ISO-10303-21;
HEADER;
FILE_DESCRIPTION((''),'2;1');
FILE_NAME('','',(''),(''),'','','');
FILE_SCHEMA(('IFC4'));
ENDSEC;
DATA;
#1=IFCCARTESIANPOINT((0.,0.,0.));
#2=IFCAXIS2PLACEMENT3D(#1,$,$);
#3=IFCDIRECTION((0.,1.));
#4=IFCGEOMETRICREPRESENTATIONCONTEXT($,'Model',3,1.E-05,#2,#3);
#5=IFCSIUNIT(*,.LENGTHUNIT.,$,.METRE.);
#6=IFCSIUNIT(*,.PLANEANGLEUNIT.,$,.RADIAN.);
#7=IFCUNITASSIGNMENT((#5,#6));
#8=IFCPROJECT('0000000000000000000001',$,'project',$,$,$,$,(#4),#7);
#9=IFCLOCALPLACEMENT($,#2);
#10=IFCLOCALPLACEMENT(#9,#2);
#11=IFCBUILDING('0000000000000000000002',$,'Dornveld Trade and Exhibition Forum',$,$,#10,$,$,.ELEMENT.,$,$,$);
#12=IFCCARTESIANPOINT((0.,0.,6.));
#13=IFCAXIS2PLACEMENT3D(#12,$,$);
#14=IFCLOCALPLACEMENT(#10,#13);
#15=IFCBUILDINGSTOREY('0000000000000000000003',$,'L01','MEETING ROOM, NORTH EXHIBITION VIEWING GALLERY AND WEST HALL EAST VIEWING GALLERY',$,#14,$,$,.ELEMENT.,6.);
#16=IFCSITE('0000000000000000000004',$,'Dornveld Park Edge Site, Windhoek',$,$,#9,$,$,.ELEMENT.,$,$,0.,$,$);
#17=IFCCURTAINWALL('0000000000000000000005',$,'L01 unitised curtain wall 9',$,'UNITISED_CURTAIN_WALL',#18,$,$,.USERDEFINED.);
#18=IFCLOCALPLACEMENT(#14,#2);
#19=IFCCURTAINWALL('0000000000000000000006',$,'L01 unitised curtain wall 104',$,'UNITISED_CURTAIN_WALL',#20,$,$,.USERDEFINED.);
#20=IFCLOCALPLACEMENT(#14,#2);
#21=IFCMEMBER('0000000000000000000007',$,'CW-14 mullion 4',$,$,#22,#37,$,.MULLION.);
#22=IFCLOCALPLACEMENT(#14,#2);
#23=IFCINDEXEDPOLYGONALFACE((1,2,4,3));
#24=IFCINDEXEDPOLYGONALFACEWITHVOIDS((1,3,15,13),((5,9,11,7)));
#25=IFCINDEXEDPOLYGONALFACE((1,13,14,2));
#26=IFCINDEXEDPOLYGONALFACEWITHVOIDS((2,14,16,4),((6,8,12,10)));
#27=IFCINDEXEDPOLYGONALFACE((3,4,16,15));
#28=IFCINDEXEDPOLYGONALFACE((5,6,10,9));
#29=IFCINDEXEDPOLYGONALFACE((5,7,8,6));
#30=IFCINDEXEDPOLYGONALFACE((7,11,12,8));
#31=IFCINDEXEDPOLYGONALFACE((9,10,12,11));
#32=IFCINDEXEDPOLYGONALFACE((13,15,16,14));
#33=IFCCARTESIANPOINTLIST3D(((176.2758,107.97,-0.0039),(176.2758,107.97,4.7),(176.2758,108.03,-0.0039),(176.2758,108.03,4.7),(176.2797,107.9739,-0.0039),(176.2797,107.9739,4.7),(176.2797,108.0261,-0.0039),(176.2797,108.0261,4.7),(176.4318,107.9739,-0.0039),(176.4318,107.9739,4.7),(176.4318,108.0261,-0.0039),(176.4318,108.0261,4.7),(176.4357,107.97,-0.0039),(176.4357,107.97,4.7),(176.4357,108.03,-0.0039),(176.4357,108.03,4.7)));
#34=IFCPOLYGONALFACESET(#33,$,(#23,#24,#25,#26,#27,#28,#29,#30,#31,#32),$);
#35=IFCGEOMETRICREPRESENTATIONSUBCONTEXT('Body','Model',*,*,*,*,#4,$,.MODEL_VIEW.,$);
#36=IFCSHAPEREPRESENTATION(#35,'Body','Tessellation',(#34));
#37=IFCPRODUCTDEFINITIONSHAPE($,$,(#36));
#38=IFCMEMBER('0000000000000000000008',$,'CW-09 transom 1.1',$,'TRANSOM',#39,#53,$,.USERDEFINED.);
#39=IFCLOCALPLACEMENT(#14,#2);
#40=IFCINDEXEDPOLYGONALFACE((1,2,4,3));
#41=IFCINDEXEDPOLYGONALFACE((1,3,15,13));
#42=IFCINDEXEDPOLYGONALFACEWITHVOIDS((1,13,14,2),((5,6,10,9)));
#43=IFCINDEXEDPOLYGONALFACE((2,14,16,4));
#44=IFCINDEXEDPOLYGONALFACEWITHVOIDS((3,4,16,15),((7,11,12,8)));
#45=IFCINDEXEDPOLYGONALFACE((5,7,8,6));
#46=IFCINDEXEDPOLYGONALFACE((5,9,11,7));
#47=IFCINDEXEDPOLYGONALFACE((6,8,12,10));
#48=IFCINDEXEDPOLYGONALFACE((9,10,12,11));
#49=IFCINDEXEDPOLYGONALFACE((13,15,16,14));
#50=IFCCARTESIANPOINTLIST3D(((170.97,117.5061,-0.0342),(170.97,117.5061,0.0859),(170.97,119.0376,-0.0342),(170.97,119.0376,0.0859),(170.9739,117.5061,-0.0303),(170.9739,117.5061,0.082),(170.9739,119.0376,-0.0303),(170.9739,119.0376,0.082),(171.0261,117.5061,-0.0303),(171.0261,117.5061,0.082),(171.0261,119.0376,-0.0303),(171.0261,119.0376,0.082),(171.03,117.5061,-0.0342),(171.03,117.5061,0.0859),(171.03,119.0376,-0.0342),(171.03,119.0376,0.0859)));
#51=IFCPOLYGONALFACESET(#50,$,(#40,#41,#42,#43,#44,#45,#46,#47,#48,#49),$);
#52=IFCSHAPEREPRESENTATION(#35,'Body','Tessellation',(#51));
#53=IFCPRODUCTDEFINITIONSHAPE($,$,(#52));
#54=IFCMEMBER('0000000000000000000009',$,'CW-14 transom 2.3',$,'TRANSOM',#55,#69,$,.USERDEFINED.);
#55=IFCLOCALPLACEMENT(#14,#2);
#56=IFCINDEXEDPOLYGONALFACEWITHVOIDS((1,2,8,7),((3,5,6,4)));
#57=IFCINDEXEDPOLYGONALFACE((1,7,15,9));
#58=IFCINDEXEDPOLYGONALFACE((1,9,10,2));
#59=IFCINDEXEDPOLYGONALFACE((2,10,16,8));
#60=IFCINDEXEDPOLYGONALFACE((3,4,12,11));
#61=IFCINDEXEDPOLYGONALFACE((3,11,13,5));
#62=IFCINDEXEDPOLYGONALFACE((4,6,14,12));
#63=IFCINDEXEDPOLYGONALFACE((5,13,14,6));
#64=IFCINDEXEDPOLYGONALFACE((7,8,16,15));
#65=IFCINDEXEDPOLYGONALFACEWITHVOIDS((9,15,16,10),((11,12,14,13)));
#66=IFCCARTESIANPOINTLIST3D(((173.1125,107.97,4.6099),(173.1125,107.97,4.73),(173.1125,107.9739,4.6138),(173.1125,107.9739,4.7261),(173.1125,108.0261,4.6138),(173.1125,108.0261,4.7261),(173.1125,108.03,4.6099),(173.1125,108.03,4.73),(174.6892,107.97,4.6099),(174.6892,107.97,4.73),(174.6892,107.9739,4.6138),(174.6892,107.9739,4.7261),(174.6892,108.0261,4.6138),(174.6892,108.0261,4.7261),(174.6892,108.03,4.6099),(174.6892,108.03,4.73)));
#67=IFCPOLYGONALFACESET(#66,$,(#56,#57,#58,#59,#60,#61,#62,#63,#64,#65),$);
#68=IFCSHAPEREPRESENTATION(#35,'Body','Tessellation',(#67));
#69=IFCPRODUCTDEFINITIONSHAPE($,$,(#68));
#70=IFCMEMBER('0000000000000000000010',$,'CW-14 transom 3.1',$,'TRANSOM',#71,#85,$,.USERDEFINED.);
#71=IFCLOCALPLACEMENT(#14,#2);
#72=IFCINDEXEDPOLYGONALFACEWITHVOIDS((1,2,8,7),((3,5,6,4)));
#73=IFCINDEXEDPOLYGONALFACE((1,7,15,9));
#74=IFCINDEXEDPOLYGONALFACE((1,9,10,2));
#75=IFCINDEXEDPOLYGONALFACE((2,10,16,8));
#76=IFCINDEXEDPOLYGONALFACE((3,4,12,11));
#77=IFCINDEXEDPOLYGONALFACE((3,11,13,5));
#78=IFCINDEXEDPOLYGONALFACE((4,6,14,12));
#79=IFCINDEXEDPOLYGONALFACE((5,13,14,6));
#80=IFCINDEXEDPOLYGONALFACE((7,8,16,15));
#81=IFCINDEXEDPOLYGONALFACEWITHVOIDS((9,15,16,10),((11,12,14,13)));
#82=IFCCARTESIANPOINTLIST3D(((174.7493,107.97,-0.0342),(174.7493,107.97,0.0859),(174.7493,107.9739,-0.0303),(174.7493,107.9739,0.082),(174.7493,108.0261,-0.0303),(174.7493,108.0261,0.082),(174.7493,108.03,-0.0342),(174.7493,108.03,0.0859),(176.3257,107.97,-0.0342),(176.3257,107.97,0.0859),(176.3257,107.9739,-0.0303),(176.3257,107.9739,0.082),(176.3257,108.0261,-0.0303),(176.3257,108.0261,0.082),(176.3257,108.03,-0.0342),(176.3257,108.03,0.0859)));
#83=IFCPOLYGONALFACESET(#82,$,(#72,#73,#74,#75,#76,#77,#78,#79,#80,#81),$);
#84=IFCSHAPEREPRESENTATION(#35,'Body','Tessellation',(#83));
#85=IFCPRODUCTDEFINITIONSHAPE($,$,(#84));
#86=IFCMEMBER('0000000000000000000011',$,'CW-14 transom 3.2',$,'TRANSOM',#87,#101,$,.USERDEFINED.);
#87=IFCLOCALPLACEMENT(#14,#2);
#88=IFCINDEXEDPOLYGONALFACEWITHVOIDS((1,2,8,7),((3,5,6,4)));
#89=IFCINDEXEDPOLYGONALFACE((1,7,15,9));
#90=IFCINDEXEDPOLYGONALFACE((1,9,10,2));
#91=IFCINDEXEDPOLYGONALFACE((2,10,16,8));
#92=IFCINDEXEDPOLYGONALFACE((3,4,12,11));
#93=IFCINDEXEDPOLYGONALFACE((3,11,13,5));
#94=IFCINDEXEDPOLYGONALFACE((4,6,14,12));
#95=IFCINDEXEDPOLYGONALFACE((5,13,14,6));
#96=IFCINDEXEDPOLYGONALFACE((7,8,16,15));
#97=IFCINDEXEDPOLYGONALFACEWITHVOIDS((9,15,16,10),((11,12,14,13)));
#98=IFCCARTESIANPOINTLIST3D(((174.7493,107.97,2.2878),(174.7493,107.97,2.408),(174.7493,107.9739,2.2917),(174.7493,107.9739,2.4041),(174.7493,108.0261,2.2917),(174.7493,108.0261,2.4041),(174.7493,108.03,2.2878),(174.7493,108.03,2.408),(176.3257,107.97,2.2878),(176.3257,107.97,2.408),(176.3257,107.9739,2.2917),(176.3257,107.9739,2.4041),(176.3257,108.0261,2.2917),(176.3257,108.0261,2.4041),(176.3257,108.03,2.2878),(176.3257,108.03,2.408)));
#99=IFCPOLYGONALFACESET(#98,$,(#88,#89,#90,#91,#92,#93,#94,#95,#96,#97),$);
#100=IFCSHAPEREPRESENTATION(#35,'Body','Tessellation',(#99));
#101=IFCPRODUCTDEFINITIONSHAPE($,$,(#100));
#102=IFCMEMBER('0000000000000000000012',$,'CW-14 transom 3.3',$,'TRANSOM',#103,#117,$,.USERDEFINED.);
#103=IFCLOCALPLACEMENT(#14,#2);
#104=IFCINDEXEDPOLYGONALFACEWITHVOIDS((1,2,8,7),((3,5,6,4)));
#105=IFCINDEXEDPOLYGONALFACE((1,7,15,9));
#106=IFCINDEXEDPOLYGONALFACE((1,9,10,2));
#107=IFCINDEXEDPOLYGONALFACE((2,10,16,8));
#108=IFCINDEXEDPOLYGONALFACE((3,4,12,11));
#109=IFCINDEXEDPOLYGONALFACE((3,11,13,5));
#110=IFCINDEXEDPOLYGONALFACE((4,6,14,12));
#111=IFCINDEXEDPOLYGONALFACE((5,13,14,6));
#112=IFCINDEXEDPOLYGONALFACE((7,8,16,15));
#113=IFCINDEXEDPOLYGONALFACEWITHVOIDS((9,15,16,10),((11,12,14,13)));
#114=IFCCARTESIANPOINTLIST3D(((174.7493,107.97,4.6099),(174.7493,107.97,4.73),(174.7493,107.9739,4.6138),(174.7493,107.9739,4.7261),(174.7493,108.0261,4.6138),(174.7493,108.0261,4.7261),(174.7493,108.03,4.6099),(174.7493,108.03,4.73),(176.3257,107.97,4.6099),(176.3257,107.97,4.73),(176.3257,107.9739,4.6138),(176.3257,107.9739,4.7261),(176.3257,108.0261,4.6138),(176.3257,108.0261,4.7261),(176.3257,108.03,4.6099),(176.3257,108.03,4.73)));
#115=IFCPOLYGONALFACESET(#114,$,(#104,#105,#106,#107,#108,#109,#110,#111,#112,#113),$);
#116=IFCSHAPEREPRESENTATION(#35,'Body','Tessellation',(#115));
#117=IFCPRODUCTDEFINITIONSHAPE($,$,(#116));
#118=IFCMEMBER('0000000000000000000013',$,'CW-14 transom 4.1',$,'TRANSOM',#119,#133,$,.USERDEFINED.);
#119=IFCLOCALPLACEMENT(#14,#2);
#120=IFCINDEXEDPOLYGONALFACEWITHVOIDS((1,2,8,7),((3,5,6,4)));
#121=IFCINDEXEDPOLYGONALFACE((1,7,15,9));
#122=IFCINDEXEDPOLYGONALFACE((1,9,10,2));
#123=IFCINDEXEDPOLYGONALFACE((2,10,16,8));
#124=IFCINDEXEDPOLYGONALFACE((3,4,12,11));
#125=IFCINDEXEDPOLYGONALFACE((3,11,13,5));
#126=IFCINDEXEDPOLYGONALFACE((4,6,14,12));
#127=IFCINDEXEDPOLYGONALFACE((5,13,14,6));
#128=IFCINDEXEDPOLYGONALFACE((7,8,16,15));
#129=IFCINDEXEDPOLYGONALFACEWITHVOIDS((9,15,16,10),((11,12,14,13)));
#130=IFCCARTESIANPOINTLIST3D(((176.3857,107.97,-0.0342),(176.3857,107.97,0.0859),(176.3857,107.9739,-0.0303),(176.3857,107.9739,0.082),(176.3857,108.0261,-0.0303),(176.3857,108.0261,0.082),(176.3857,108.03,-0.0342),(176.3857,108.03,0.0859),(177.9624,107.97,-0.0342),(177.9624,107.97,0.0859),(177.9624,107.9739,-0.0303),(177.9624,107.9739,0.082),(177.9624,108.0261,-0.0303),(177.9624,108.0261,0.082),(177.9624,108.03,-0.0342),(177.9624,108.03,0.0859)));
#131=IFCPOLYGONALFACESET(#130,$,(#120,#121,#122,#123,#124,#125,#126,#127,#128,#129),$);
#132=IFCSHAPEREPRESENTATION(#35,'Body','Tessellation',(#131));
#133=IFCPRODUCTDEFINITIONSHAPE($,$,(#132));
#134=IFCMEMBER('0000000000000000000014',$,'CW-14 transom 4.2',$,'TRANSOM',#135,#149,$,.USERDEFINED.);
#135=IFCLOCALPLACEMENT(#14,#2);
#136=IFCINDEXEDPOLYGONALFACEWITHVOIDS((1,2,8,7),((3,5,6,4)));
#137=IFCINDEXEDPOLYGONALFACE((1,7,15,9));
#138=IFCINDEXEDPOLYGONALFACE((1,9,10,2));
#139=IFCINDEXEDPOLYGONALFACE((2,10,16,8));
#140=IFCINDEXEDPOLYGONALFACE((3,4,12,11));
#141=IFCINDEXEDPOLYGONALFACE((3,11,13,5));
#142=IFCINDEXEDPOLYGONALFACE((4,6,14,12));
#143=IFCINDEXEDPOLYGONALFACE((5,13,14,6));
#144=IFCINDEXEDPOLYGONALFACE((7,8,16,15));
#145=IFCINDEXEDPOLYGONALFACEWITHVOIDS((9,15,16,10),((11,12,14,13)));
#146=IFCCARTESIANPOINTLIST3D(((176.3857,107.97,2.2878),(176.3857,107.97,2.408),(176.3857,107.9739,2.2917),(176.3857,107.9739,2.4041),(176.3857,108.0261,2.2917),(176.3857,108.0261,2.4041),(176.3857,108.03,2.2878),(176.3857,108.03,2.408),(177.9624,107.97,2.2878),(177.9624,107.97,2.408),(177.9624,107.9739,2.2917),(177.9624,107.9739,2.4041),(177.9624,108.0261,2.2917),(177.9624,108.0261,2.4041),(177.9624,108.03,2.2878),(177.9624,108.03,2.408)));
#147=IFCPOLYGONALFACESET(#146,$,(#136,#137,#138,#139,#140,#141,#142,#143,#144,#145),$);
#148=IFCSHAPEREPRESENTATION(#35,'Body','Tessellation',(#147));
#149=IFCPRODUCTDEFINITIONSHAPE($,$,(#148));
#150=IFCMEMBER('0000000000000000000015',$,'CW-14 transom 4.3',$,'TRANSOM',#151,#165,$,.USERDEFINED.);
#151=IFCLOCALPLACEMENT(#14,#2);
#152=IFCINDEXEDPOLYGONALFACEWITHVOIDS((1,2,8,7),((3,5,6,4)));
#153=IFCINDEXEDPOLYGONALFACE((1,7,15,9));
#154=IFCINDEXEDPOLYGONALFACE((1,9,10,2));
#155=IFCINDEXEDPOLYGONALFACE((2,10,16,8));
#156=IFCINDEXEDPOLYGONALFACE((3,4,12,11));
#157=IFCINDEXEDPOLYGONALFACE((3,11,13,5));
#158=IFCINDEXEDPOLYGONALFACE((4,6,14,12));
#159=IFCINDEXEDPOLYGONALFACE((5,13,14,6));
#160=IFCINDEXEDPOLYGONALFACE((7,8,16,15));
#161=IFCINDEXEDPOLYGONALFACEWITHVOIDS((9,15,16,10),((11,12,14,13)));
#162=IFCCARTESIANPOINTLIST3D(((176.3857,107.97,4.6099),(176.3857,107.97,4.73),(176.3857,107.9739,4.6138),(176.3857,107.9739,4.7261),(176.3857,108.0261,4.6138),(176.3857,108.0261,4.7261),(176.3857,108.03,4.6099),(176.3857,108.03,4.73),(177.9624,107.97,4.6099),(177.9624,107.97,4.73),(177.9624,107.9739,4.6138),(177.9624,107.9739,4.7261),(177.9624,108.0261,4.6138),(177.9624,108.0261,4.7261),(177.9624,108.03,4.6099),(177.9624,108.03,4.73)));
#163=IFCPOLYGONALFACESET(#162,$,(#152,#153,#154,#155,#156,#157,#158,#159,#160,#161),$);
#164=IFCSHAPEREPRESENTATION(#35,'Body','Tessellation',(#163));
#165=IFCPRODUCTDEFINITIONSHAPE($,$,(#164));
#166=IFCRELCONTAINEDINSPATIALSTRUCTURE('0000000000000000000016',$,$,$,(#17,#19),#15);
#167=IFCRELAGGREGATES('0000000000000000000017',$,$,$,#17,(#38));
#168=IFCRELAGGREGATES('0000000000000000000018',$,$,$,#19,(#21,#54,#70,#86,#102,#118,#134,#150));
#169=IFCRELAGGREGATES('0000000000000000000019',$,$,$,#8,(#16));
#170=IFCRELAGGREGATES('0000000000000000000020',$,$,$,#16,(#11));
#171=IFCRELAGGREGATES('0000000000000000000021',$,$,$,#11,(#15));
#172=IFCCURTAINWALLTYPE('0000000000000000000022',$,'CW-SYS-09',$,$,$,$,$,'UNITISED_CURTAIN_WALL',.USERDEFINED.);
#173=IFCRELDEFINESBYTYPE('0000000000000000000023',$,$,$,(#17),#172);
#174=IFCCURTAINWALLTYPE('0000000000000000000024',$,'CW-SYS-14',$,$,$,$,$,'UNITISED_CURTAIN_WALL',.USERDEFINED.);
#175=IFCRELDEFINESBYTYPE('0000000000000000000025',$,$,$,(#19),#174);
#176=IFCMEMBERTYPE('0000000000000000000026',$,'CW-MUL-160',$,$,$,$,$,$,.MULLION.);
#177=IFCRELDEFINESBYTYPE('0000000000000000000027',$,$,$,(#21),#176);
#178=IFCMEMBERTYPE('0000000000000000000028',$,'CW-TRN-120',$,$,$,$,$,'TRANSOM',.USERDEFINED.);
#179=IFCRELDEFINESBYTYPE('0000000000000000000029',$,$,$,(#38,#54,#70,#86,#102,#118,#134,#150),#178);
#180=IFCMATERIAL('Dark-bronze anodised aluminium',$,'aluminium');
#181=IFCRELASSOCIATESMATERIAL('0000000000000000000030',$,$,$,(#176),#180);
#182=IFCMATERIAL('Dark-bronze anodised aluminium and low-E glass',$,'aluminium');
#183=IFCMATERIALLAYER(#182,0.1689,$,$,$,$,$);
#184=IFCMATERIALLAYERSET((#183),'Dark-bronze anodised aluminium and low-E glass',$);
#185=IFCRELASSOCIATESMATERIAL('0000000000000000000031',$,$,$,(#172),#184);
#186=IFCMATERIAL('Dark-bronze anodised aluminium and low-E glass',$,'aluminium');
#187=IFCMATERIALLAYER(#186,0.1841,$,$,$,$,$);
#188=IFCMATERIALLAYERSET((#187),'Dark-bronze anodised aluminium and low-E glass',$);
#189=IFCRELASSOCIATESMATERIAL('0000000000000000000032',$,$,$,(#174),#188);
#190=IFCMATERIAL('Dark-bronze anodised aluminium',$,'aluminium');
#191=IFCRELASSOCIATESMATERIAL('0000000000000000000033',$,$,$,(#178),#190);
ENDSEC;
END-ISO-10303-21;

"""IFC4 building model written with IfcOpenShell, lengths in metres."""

from ifc_helpers import new_model, si_unit, direction, frame, origin, origin_2d, place, context, subcontext, project, spatial, hollow_rectangle, extrude, material, layer, layer_set, material_profile, profile_set, type_object, element, aggregate, save


model = new_model("IFC4")

# Units and contexts
model_context = context("Model", 3, precision=1e-05, world=origin(), true_north=direction((0.0, 1.0)))
body_context = subcontext(model_context, "Body", "Model", "MODEL_VIEW")
ifc_project = project(units=[si_unit("LENGTHUNIT", "METRE"), si_unit("PLANEANGLEUNIT", "RADIAN")], contexts=[model_context])

# Site, building, storey
site_placement = place(None, origin())
site = spatial("IfcSite", under=ifc_project, at=site_placement, Name="Dornveld Park Edge Site, Windhoek", CompositionType="ELEMENT", RefElevation=0.0)
building_placement = place(site_placement, origin())
building = spatial("IfcBuilding", under=site, at=building_placement, Name="Dornveld Trade and Exhibition Forum", CompositionType="ELEMENT")
storey_placement = place(building_placement, frame((0.0, 0.0, 6.0)))
storey = spatial("IfcBuildingStorey", under=building, at=storey_placement, Name="L01", Description="MEETING ROOM, NORTH EXHIBITION VIEWING GALLERY AND WEST HALL EAST VIEWING GALLERY", CompositionType="ELEMENT", Elevation=6.0)

# Curtain wall
ifc_material_1 = material(Name="Dark-bronze anodised aluminium", Category="aluminium")
ifc_material_profile_1 = material_profile(ifc_material_1, hollow_rectangle(XDim=0.0601, YDim=0.1599, WallThickness=0.0039, at=origin_2d()), Name="RHS 160x60x4")
ifc_profile_set_1 = profile_set([ifc_material_profile_1], Name="Dark-bronze anodised aluminium")
member_type_1 = type_object("IfcMemberType", Name="CW-MUL-160", PredefinedType="MULLION", material=ifc_profile_set_1)
ifc_material_2 = material(Name="Dark-bronze anodised aluminium and low-E glass", Category="aluminium")
ifc_layer_1 = layer(ifc_material_2, 0.1689)
ifc_layer_set_1 = layer_set([ifc_layer_1], Name="Dark-bronze anodised aluminium and low-E glass")
curtain_wall_type_1 = type_object("IfcCurtainWallType", Name="CW-SYS-09", ElementType="UNITISED_CURTAIN_WALL", PredefinedType="USERDEFINED", material=ifc_layer_set_1)
curtain_wall_1_placement = place(storey_placement, origin())
curtain_wall_1 = element("IfcCurtainWall", 1, at=curtain_wall_1_placement, inside=storey, type_object=curtain_wall_type_1, Name="L01 unitised curtain wall 9", ObjectType="UNITISED_CURTAIN_WALL", PredefinedType="USERDEFINED")

# Curtain wall, member
ifc_material_3 = material(Name="Dark-bronze anodised aluminium and low-E glass", Category="aluminium")
ifc_layer_2 = layer(ifc_material_3, 0.1841)
ifc_layer_set_2 = layer_set([ifc_layer_2], Name="Dark-bronze anodised aluminium and low-E glass")
curtain_wall_type_2 = type_object("IfcCurtainWallType", Name="CW-SYS-14", ElementType="UNITISED_CURTAIN_WALL", PredefinedType="USERDEFINED", material=ifc_layer_set_2)
curtain_wall_2_placement = place(storey_placement, origin())
curtain_wall_2 = element("IfcCurtainWall", 2, at=curtain_wall_2_placement, inside=storey, type_object=curtain_wall_type_2, Name="L01 unitised curtain wall 104", ObjectType="UNITISED_CURTAIN_WALL", PredefinedType="USERDEFINED")
member_1_placement = place(storey_placement, frame((176.3557, 108.0, -0.0039), z_axis=(0.0, 0.0, 1.0), x_axis=(0.0, 1.0, 0.0)))
member_1 = element("IfcMember", 3, at=member_1_placement, type_object=member_type_1, Name="CW-14 mullion 4", PredefinedType="MULLION", context=body_context, shape_type="SweptSolid", body=[
    extrude(hollow_rectangle(XDim=0.0601, YDim=0.1599, WallThickness=0.0039, at=origin_2d()), origin(), (0.0, 0.0, 1.0), 4.7039),
])

# Members
ifc_material_4 = material(Name="Dark-bronze anodised aluminium", Category="aluminium")
ifc_material_profile_2 = material_profile(ifc_material_4, hollow_rectangle(XDim=0.0601, YDim=0.1201, WallThickness=0.0039, at=origin_2d()), Name="RHS 120x60x4")
ifc_profile_set_2 = profile_set([ifc_material_profile_2], Name="Dark-bronze anodised aluminium")
member_type_2 = type_object("IfcMemberType", Name="CW-TRN-120", ElementType="TRANSOM", PredefinedType="USERDEFINED", material=ifc_profile_set_2)
member_2_placement = place(storey_placement, frame((171.0, 117.5061, 0.0259), z_axis=(0.0, 1.0, 0.0), x_axis=(-1.0, 0.0, 0.0)))
member_2 = element("IfcMember", 4, at=member_2_placement, type_object=member_type_2, Name="CW-09 transom 1.1", ObjectType="TRANSOM", PredefinedType="USERDEFINED", context=body_context, shape_type="SweptSolid", body=[
    extrude(hollow_rectangle(XDim=0.0601, YDim=0.1201, WallThickness=0.0039, at=origin_2d()), origin(), (0.0, 0.0, 1.0), 1.5315),
])
aggregate(curtain_wall_1, [member_2])
member_3_placement = place(storey_placement, frame((173.1125, 108.0, 4.6699), z_axis=(1.0, 0.0, 0.0), x_axis=(0.0, 1.0, 0.0)))
member_3 = element("IfcMember", 5, at=member_3_placement, type_object=member_type_2, Name="CW-14 transom 2.3", ObjectType="TRANSOM", PredefinedType="USERDEFINED", context=body_context, shape_type="SweptSolid", body=[
    extrude(hollow_rectangle(XDim=0.0601, YDim=0.1201, WallThickness=0.0039, at=origin_2d()), origin(), (0.0, 0.0, 1.0), 1.5767),
])
member_4_placement = place(storey_placement, frame((174.7493, 108.0, 0.0259), z_axis=(1.0, 0.0, 0.0), x_axis=(0.0, 1.0, 0.0)))
member_4 = element("IfcMember", 6, at=member_4_placement, type_object=member_type_2, Name="CW-14 transom 3.1", ObjectType="TRANSOM", PredefinedType="USERDEFINED", context=body_context, shape_type="SweptSolid", body=[
    extrude(hollow_rectangle(XDim=0.0601, YDim=0.1201, WallThickness=0.0039, at=origin_2d()), origin(), (0.0, 0.0, 1.0), 1.5764),
])
member_5_placement = place(storey_placement, frame((174.7493, 108.0, 2.3479), z_axis=(1.0, 0.0, 0.0), x_axis=(0.0, 1.0, 0.0)))
member_5 = element("IfcMember", 7, at=member_5_placement, type_object=member_type_2, Name="CW-14 transom 3.2", ObjectType="TRANSOM", PredefinedType="USERDEFINED", context=body_context, shape_type="SweptSolid", body=[
    extrude(hollow_rectangle(XDim=0.0601, YDim=0.1201, WallThickness=0.0039, at=origin_2d()), origin(), (0.0, 0.0, 1.0), 1.5764),
])
member_6_placement = place(storey_placement, frame((174.7493, 108.0, 4.6699), z_axis=(1.0, 0.0, 0.0), x_axis=(0.0, 1.0, 0.0)))
member_6 = element("IfcMember", 8, at=member_6_placement, type_object=member_type_2, Name="CW-14 transom 3.3", ObjectType="TRANSOM", PredefinedType="USERDEFINED", context=body_context, shape_type="SweptSolid", body=[
    extrude(hollow_rectangle(XDim=0.0601, YDim=0.1201, WallThickness=0.0039, at=origin_2d()), origin(), (0.0, 0.0, 1.0), 1.5764),
])
member_7_placement = place(storey_placement, frame((176.3857, 108.0, 0.0259), z_axis=(1.0, 0.0, 0.0), x_axis=(0.0, 1.0, 0.0)))
member_7 = element("IfcMember", 9, at=member_7_placement, type_object=member_type_2, Name="CW-14 transom 4.1", ObjectType="TRANSOM", PredefinedType="USERDEFINED", context=body_context, shape_type="SweptSolid", body=[
    extrude(hollow_rectangle(XDim=0.0601, YDim=0.1201, WallThickness=0.0039, at=origin_2d()), origin(), (0.0, 0.0, 1.0), 1.5767),
])
member_8_placement = place(storey_placement, frame((176.3857, 108.0, 2.3479), z_axis=(1.0, 0.0, 0.0), x_axis=(0.0, 1.0, 0.0)))
member_8 = element("IfcMember", 10, at=member_8_placement, type_object=member_type_2, Name="CW-14 transom 4.2", ObjectType="TRANSOM", PredefinedType="USERDEFINED", context=body_context, shape_type="SweptSolid", body=[
    extrude(hollow_rectangle(XDim=0.0601, YDim=0.1201, WallThickness=0.0039, at=origin_2d()), origin(), (0.0, 0.0, 1.0), 1.5767),
])
member_9_placement = place(storey_placement, frame((176.3857, 108.0, 4.6699), z_axis=(1.0, 0.0, 0.0), x_axis=(0.0, 1.0, 0.0)))
member_9 = element("IfcMember", 11, at=member_9_placement, type_object=member_type_2, Name="CW-14 transom 4.3", ObjectType="TRANSOM", PredefinedType="USERDEFINED", context=body_context, shape_type="SweptSolid", body=[
    extrude(hollow_rectangle(XDim=0.0601, YDim=0.1201, WallThickness=0.0039, at=origin_2d()), origin(), (0.0, 0.0, 1.0), 1.5767),
])

aggregate(curtain_wall_2, [member_1, member_3, member_4, member_5, member_6, member_7, member_8, member_9])

save(model, "model.ifc")
